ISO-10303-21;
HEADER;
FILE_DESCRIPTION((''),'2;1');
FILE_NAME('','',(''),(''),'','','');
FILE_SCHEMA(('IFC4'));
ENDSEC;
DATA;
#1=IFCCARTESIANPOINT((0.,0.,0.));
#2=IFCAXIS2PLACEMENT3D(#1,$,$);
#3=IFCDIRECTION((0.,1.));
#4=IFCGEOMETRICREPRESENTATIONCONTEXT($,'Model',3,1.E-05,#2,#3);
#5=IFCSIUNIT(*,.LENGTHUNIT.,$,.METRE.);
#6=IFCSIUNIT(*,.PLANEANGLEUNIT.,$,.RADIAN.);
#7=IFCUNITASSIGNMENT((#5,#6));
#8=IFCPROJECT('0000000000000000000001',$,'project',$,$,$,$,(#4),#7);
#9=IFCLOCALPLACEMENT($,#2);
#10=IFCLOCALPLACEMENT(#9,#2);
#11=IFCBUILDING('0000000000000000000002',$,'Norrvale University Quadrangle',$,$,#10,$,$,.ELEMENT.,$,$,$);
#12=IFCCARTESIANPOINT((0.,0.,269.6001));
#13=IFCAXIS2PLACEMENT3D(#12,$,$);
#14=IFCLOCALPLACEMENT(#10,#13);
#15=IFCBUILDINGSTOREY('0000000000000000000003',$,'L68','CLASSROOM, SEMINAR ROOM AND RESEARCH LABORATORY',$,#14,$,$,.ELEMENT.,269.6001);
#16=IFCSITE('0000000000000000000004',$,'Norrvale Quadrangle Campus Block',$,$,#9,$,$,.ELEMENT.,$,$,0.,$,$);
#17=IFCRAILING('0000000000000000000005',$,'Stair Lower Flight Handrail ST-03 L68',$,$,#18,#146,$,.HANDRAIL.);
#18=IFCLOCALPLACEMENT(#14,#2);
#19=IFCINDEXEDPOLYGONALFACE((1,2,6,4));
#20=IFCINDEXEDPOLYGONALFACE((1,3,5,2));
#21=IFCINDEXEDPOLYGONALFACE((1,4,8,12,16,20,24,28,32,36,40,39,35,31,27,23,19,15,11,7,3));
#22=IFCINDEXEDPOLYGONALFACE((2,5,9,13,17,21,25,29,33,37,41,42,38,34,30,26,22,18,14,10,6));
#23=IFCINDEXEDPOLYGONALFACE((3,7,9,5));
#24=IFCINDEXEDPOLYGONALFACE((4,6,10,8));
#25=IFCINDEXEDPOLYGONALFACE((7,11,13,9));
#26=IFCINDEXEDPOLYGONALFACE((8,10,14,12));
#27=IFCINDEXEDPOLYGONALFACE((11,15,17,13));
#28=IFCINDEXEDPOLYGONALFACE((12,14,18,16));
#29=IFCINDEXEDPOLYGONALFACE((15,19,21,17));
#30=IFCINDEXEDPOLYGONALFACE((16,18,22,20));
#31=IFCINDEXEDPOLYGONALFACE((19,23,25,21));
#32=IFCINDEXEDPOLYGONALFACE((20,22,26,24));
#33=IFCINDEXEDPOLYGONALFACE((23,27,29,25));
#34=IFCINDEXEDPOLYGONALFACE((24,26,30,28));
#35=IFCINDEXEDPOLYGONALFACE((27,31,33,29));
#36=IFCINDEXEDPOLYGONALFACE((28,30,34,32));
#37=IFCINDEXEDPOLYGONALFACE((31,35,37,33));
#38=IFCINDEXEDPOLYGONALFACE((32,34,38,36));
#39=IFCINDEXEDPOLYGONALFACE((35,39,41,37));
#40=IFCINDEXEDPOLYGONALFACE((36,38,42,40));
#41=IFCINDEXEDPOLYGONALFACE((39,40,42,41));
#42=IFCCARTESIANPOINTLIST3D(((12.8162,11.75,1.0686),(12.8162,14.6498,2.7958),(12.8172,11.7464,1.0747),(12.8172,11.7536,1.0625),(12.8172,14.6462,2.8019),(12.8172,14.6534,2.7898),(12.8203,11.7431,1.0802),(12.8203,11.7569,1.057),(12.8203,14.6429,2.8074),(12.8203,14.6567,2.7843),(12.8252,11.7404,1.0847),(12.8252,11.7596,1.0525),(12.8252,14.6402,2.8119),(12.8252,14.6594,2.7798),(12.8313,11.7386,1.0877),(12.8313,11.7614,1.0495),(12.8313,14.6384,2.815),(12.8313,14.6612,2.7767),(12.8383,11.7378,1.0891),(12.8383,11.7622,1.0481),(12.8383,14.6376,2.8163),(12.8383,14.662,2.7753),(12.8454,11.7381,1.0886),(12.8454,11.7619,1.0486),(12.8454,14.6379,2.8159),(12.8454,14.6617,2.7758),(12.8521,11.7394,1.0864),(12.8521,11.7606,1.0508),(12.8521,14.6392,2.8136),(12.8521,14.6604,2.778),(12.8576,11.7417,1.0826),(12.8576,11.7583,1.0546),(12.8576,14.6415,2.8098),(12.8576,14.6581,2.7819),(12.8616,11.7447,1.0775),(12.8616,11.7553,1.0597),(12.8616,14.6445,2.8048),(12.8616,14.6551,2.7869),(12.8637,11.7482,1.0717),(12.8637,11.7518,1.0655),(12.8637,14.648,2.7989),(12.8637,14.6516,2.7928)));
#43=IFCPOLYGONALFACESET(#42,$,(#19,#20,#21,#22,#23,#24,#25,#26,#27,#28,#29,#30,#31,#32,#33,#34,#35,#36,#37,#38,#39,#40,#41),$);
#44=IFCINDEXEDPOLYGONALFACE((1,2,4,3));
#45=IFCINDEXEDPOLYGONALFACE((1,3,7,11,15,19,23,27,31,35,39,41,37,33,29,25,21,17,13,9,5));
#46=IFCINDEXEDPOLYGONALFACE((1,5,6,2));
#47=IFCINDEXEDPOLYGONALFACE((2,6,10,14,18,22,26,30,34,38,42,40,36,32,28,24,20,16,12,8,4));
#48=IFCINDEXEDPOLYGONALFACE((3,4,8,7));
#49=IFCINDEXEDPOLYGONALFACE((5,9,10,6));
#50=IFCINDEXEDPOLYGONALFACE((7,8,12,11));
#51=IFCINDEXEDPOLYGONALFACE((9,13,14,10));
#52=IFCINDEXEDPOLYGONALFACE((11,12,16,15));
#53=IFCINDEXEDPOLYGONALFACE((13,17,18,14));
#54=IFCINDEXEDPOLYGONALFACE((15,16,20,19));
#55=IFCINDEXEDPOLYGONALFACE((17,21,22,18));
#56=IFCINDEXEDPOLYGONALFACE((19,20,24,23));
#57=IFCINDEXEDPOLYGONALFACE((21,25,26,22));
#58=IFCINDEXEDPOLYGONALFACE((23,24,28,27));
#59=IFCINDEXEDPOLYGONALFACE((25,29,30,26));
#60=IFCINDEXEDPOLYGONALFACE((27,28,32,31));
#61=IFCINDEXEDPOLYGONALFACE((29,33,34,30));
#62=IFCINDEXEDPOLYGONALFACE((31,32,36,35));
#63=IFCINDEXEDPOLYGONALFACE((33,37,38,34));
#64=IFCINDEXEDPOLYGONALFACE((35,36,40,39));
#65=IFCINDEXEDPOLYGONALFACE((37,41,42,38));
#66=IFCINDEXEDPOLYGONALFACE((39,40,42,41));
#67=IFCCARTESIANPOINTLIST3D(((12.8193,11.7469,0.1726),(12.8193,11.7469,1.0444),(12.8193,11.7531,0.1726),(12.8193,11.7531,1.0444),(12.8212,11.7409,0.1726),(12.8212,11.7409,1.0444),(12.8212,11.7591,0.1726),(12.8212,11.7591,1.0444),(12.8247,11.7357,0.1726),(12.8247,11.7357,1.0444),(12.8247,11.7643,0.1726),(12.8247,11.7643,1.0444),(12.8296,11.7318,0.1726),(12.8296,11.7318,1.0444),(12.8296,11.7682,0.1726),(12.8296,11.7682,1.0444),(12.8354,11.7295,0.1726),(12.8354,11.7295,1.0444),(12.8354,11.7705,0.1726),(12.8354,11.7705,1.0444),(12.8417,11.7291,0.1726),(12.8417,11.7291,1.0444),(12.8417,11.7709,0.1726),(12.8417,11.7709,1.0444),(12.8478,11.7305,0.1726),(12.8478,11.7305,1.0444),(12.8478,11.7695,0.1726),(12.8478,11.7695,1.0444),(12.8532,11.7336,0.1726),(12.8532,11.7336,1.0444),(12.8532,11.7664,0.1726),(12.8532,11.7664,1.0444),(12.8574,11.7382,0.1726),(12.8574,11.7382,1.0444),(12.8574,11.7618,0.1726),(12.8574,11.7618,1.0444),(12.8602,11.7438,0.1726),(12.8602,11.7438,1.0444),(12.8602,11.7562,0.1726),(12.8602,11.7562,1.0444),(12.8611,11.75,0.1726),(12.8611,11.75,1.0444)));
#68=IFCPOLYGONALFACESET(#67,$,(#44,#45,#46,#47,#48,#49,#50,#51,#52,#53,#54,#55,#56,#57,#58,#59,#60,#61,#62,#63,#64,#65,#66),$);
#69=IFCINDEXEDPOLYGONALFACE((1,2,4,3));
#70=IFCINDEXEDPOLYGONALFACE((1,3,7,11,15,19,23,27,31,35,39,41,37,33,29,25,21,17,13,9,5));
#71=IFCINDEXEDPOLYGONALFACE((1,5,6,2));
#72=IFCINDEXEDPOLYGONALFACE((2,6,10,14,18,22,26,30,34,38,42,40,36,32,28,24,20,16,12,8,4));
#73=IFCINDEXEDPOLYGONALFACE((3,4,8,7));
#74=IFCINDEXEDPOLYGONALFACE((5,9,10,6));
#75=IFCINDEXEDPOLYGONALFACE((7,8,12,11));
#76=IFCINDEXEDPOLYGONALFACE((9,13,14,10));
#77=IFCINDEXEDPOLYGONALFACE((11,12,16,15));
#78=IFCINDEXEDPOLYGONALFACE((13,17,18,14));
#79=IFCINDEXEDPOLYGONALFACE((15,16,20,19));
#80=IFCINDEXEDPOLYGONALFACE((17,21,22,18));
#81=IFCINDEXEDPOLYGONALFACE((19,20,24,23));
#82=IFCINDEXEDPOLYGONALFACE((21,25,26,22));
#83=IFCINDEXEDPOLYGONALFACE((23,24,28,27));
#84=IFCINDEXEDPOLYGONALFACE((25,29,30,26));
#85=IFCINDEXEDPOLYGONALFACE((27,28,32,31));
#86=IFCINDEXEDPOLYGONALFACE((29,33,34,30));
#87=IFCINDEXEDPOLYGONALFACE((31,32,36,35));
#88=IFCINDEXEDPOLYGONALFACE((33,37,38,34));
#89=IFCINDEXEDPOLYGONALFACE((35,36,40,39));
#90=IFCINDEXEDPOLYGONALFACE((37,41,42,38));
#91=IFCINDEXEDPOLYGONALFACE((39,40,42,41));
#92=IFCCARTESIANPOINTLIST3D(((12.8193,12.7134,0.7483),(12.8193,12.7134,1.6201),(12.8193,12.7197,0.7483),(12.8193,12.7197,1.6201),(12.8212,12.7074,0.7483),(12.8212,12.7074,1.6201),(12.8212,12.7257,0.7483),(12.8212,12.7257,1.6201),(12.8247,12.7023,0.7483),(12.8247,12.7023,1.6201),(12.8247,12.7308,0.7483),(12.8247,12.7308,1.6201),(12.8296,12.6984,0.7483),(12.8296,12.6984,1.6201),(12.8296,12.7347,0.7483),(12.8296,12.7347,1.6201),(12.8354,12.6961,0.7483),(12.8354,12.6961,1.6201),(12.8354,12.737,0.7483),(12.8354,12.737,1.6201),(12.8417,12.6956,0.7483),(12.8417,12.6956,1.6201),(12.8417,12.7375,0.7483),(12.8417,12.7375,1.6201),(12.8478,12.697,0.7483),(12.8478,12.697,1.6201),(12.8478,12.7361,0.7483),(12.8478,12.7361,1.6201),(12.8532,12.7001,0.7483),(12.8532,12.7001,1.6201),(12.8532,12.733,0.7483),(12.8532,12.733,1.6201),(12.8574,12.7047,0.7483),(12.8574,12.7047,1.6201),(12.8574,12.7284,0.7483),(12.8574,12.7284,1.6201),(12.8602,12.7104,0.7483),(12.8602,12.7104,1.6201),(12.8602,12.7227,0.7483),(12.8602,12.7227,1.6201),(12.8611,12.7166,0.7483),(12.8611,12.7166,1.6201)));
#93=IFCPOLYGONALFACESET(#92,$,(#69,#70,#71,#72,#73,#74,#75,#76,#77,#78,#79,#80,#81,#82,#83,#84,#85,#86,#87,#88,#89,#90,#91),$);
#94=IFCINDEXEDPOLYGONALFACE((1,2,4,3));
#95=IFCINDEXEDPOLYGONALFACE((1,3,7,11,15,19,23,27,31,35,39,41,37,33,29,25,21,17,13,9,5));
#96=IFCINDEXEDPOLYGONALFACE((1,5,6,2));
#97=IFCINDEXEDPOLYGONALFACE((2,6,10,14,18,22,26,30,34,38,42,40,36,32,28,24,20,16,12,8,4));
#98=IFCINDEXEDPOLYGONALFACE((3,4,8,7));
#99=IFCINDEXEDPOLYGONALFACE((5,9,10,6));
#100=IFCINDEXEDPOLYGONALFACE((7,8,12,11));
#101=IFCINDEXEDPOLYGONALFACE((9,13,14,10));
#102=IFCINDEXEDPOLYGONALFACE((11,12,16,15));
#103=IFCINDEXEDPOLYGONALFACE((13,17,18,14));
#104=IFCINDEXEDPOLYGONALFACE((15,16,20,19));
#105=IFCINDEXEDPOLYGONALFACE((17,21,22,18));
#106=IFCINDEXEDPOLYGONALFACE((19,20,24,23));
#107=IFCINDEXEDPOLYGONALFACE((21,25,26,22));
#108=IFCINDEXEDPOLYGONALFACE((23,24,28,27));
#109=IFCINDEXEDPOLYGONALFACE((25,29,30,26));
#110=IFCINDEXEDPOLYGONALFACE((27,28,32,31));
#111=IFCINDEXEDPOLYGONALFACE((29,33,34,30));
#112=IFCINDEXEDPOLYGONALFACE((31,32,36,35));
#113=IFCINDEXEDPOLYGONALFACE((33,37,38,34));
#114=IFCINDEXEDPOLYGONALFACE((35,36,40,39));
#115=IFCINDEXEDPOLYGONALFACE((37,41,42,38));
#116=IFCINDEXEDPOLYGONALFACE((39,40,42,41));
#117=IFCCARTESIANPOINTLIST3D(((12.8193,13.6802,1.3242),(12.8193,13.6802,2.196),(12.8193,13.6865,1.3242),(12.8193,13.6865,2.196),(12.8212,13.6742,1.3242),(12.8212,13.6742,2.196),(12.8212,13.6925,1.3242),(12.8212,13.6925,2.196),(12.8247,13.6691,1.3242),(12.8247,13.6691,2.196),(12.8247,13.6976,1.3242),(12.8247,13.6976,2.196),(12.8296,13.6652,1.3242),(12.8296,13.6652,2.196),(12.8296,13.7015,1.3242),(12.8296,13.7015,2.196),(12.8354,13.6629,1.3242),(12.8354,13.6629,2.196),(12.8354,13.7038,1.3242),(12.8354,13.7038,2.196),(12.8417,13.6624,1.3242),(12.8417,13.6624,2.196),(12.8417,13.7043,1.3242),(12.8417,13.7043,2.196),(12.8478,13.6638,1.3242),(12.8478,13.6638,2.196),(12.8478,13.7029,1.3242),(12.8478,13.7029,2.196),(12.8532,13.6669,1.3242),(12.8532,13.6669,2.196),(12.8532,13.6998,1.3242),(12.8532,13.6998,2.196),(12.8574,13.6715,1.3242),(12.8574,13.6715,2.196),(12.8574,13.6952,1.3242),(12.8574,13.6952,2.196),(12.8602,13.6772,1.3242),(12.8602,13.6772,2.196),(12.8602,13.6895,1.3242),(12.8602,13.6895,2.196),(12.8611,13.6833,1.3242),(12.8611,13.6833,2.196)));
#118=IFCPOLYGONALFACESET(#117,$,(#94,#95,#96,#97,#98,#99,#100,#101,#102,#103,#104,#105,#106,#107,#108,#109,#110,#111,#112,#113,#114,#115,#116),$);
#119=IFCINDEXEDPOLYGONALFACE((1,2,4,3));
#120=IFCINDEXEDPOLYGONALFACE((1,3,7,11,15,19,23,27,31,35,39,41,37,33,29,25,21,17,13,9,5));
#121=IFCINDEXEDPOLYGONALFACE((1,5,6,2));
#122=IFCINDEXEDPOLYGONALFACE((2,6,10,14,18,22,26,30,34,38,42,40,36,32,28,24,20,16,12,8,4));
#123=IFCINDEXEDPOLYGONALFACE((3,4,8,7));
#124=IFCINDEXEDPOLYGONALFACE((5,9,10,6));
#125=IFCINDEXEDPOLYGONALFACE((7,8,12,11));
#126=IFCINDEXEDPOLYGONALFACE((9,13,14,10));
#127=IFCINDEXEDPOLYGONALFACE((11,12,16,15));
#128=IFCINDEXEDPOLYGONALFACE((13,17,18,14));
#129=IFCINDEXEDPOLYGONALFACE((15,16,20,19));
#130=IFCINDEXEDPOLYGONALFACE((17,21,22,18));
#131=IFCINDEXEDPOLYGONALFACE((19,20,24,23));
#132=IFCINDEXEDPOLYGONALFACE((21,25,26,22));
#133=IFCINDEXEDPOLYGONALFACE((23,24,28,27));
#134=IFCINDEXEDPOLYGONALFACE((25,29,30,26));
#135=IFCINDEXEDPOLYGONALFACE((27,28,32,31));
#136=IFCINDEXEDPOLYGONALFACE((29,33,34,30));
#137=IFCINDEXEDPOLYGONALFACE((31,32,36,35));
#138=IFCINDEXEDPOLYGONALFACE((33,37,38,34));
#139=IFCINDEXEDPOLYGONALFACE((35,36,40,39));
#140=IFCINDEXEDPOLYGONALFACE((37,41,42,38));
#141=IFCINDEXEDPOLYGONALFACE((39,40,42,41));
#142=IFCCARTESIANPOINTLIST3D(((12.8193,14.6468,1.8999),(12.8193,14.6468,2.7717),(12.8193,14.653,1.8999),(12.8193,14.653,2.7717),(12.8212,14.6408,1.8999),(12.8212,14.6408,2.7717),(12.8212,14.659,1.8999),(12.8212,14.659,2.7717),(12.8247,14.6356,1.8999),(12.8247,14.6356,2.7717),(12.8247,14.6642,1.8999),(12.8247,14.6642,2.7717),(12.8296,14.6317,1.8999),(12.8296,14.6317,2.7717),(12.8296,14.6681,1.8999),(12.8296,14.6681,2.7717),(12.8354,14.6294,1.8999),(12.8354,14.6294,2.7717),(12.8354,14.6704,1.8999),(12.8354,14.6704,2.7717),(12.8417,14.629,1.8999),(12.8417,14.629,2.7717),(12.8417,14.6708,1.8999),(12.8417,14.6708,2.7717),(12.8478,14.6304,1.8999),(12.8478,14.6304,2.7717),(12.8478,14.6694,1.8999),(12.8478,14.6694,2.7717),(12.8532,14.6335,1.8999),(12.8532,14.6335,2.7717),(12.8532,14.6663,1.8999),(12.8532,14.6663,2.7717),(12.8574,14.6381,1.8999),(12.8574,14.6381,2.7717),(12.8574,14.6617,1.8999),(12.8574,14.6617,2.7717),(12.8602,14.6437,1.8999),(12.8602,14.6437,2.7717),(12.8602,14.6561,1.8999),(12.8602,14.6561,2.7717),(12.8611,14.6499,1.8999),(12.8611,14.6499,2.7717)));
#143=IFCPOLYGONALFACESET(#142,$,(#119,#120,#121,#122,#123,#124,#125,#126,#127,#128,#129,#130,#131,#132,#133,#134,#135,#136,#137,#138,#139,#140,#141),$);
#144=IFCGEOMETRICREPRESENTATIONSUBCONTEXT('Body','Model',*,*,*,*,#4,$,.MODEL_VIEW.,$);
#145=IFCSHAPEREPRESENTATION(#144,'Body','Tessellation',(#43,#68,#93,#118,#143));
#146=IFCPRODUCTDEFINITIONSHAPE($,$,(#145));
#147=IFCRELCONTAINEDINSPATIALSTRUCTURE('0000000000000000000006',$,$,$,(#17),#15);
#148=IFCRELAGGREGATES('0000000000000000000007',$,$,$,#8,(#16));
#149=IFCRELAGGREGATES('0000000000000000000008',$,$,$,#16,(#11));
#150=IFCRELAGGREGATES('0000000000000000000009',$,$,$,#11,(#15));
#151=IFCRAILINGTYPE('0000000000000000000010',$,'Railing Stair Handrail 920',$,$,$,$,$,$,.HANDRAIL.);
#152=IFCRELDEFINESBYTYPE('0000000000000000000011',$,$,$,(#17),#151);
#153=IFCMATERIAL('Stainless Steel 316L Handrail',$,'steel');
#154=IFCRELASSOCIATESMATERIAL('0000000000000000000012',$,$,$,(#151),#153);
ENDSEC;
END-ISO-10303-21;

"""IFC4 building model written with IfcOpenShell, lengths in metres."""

from ifc_helpers import new_model, si_unit, direction, frame, origin, origin_2d, place, context, subcontext, project, spatial, circle, extrude, material, type_object, element, save


model = new_model("IFC4")

# Units and contexts
model_context = context("Model", 3, precision=1e-05, world=origin(), true_north=direction((0.0, 1.0)))
body_context = subcontext(model_context, "Body", "Model", "MODEL_VIEW")
ifc_project = project(units=[si_unit("LENGTHUNIT", "METRE"), si_unit("PLANEANGLEUNIT", "RADIAN")], contexts=[model_context])

# Site, building, storey
site_placement = place(None, origin())
site = spatial("IfcSite", under=ifc_project, at=site_placement, Name="Norrvale Quadrangle Campus Block", CompositionType="ELEMENT", RefElevation=0.0)
building_placement = place(site_placement, origin())
building = spatial("IfcBuilding", under=site, at=building_placement, Name="Norrvale University Quadrangle", CompositionType="ELEMENT")
storey_placement = place(building_placement, frame((0.0, 0.0, 269.6001)))
storey = spatial("IfcBuildingStorey", under=building, at=storey_placement, Name="L68", Description="CLASSROOM, SEMINAR ROOM AND RESEARCH LABORATORY", CompositionType="ELEMENT", Elevation=269.6001)

# Railing
ifc_material_1 = material(Name="Stainless Steel 316L Handrail", Category="steel")
railing_type_1 = type_object("IfcRailingType", Name="Railing Stair Handrail 920", PredefinedType="HANDRAIL", material=ifc_material_1)
railing_1_placement = place(storey_placement, frame((12.8401, 11.75, 0.1726)))
element("IfcRailing", 1, at=railing_1_placement, inside=storey, type_object=railing_type_1, Name="Stair Lower Flight Handrail ST-03 L68", PredefinedType="HANDRAIL", context=body_context, shape_type="SweptSolid", body=[
    extrude(circle(Radius=0.0239, at=origin_2d()), frame((0.0, 0.0, 0.896), z_axis=(0.0, 0.859141, 0.511738), x_axis=(-1.0, 0.0, 0.0)), (0.0, 0.0, 1.0), 3.3752),
    extrude(circle(Radius=0.021, at=origin_2d()), origin(), (0.0, 0.0, 1.0), 0.8718),
    extrude(circle(Radius=0.021, at=origin_2d()), frame((0.0, 0.9666, 0.5757)), (0.0, 0.0, 1.0), 0.8718),
    extrude(circle(Radius=0.021, at=origin_2d()), frame((0.0, 1.9333, 1.1516)), (0.0, 0.0, 1.0), 0.8718),
    extrude(circle(Radius=0.021, at=origin_2d()), frame((0.0, 2.8999, 1.7273)), (0.0, 0.0, 1.0), 0.8718),
])

save(model, "model.ifc")
